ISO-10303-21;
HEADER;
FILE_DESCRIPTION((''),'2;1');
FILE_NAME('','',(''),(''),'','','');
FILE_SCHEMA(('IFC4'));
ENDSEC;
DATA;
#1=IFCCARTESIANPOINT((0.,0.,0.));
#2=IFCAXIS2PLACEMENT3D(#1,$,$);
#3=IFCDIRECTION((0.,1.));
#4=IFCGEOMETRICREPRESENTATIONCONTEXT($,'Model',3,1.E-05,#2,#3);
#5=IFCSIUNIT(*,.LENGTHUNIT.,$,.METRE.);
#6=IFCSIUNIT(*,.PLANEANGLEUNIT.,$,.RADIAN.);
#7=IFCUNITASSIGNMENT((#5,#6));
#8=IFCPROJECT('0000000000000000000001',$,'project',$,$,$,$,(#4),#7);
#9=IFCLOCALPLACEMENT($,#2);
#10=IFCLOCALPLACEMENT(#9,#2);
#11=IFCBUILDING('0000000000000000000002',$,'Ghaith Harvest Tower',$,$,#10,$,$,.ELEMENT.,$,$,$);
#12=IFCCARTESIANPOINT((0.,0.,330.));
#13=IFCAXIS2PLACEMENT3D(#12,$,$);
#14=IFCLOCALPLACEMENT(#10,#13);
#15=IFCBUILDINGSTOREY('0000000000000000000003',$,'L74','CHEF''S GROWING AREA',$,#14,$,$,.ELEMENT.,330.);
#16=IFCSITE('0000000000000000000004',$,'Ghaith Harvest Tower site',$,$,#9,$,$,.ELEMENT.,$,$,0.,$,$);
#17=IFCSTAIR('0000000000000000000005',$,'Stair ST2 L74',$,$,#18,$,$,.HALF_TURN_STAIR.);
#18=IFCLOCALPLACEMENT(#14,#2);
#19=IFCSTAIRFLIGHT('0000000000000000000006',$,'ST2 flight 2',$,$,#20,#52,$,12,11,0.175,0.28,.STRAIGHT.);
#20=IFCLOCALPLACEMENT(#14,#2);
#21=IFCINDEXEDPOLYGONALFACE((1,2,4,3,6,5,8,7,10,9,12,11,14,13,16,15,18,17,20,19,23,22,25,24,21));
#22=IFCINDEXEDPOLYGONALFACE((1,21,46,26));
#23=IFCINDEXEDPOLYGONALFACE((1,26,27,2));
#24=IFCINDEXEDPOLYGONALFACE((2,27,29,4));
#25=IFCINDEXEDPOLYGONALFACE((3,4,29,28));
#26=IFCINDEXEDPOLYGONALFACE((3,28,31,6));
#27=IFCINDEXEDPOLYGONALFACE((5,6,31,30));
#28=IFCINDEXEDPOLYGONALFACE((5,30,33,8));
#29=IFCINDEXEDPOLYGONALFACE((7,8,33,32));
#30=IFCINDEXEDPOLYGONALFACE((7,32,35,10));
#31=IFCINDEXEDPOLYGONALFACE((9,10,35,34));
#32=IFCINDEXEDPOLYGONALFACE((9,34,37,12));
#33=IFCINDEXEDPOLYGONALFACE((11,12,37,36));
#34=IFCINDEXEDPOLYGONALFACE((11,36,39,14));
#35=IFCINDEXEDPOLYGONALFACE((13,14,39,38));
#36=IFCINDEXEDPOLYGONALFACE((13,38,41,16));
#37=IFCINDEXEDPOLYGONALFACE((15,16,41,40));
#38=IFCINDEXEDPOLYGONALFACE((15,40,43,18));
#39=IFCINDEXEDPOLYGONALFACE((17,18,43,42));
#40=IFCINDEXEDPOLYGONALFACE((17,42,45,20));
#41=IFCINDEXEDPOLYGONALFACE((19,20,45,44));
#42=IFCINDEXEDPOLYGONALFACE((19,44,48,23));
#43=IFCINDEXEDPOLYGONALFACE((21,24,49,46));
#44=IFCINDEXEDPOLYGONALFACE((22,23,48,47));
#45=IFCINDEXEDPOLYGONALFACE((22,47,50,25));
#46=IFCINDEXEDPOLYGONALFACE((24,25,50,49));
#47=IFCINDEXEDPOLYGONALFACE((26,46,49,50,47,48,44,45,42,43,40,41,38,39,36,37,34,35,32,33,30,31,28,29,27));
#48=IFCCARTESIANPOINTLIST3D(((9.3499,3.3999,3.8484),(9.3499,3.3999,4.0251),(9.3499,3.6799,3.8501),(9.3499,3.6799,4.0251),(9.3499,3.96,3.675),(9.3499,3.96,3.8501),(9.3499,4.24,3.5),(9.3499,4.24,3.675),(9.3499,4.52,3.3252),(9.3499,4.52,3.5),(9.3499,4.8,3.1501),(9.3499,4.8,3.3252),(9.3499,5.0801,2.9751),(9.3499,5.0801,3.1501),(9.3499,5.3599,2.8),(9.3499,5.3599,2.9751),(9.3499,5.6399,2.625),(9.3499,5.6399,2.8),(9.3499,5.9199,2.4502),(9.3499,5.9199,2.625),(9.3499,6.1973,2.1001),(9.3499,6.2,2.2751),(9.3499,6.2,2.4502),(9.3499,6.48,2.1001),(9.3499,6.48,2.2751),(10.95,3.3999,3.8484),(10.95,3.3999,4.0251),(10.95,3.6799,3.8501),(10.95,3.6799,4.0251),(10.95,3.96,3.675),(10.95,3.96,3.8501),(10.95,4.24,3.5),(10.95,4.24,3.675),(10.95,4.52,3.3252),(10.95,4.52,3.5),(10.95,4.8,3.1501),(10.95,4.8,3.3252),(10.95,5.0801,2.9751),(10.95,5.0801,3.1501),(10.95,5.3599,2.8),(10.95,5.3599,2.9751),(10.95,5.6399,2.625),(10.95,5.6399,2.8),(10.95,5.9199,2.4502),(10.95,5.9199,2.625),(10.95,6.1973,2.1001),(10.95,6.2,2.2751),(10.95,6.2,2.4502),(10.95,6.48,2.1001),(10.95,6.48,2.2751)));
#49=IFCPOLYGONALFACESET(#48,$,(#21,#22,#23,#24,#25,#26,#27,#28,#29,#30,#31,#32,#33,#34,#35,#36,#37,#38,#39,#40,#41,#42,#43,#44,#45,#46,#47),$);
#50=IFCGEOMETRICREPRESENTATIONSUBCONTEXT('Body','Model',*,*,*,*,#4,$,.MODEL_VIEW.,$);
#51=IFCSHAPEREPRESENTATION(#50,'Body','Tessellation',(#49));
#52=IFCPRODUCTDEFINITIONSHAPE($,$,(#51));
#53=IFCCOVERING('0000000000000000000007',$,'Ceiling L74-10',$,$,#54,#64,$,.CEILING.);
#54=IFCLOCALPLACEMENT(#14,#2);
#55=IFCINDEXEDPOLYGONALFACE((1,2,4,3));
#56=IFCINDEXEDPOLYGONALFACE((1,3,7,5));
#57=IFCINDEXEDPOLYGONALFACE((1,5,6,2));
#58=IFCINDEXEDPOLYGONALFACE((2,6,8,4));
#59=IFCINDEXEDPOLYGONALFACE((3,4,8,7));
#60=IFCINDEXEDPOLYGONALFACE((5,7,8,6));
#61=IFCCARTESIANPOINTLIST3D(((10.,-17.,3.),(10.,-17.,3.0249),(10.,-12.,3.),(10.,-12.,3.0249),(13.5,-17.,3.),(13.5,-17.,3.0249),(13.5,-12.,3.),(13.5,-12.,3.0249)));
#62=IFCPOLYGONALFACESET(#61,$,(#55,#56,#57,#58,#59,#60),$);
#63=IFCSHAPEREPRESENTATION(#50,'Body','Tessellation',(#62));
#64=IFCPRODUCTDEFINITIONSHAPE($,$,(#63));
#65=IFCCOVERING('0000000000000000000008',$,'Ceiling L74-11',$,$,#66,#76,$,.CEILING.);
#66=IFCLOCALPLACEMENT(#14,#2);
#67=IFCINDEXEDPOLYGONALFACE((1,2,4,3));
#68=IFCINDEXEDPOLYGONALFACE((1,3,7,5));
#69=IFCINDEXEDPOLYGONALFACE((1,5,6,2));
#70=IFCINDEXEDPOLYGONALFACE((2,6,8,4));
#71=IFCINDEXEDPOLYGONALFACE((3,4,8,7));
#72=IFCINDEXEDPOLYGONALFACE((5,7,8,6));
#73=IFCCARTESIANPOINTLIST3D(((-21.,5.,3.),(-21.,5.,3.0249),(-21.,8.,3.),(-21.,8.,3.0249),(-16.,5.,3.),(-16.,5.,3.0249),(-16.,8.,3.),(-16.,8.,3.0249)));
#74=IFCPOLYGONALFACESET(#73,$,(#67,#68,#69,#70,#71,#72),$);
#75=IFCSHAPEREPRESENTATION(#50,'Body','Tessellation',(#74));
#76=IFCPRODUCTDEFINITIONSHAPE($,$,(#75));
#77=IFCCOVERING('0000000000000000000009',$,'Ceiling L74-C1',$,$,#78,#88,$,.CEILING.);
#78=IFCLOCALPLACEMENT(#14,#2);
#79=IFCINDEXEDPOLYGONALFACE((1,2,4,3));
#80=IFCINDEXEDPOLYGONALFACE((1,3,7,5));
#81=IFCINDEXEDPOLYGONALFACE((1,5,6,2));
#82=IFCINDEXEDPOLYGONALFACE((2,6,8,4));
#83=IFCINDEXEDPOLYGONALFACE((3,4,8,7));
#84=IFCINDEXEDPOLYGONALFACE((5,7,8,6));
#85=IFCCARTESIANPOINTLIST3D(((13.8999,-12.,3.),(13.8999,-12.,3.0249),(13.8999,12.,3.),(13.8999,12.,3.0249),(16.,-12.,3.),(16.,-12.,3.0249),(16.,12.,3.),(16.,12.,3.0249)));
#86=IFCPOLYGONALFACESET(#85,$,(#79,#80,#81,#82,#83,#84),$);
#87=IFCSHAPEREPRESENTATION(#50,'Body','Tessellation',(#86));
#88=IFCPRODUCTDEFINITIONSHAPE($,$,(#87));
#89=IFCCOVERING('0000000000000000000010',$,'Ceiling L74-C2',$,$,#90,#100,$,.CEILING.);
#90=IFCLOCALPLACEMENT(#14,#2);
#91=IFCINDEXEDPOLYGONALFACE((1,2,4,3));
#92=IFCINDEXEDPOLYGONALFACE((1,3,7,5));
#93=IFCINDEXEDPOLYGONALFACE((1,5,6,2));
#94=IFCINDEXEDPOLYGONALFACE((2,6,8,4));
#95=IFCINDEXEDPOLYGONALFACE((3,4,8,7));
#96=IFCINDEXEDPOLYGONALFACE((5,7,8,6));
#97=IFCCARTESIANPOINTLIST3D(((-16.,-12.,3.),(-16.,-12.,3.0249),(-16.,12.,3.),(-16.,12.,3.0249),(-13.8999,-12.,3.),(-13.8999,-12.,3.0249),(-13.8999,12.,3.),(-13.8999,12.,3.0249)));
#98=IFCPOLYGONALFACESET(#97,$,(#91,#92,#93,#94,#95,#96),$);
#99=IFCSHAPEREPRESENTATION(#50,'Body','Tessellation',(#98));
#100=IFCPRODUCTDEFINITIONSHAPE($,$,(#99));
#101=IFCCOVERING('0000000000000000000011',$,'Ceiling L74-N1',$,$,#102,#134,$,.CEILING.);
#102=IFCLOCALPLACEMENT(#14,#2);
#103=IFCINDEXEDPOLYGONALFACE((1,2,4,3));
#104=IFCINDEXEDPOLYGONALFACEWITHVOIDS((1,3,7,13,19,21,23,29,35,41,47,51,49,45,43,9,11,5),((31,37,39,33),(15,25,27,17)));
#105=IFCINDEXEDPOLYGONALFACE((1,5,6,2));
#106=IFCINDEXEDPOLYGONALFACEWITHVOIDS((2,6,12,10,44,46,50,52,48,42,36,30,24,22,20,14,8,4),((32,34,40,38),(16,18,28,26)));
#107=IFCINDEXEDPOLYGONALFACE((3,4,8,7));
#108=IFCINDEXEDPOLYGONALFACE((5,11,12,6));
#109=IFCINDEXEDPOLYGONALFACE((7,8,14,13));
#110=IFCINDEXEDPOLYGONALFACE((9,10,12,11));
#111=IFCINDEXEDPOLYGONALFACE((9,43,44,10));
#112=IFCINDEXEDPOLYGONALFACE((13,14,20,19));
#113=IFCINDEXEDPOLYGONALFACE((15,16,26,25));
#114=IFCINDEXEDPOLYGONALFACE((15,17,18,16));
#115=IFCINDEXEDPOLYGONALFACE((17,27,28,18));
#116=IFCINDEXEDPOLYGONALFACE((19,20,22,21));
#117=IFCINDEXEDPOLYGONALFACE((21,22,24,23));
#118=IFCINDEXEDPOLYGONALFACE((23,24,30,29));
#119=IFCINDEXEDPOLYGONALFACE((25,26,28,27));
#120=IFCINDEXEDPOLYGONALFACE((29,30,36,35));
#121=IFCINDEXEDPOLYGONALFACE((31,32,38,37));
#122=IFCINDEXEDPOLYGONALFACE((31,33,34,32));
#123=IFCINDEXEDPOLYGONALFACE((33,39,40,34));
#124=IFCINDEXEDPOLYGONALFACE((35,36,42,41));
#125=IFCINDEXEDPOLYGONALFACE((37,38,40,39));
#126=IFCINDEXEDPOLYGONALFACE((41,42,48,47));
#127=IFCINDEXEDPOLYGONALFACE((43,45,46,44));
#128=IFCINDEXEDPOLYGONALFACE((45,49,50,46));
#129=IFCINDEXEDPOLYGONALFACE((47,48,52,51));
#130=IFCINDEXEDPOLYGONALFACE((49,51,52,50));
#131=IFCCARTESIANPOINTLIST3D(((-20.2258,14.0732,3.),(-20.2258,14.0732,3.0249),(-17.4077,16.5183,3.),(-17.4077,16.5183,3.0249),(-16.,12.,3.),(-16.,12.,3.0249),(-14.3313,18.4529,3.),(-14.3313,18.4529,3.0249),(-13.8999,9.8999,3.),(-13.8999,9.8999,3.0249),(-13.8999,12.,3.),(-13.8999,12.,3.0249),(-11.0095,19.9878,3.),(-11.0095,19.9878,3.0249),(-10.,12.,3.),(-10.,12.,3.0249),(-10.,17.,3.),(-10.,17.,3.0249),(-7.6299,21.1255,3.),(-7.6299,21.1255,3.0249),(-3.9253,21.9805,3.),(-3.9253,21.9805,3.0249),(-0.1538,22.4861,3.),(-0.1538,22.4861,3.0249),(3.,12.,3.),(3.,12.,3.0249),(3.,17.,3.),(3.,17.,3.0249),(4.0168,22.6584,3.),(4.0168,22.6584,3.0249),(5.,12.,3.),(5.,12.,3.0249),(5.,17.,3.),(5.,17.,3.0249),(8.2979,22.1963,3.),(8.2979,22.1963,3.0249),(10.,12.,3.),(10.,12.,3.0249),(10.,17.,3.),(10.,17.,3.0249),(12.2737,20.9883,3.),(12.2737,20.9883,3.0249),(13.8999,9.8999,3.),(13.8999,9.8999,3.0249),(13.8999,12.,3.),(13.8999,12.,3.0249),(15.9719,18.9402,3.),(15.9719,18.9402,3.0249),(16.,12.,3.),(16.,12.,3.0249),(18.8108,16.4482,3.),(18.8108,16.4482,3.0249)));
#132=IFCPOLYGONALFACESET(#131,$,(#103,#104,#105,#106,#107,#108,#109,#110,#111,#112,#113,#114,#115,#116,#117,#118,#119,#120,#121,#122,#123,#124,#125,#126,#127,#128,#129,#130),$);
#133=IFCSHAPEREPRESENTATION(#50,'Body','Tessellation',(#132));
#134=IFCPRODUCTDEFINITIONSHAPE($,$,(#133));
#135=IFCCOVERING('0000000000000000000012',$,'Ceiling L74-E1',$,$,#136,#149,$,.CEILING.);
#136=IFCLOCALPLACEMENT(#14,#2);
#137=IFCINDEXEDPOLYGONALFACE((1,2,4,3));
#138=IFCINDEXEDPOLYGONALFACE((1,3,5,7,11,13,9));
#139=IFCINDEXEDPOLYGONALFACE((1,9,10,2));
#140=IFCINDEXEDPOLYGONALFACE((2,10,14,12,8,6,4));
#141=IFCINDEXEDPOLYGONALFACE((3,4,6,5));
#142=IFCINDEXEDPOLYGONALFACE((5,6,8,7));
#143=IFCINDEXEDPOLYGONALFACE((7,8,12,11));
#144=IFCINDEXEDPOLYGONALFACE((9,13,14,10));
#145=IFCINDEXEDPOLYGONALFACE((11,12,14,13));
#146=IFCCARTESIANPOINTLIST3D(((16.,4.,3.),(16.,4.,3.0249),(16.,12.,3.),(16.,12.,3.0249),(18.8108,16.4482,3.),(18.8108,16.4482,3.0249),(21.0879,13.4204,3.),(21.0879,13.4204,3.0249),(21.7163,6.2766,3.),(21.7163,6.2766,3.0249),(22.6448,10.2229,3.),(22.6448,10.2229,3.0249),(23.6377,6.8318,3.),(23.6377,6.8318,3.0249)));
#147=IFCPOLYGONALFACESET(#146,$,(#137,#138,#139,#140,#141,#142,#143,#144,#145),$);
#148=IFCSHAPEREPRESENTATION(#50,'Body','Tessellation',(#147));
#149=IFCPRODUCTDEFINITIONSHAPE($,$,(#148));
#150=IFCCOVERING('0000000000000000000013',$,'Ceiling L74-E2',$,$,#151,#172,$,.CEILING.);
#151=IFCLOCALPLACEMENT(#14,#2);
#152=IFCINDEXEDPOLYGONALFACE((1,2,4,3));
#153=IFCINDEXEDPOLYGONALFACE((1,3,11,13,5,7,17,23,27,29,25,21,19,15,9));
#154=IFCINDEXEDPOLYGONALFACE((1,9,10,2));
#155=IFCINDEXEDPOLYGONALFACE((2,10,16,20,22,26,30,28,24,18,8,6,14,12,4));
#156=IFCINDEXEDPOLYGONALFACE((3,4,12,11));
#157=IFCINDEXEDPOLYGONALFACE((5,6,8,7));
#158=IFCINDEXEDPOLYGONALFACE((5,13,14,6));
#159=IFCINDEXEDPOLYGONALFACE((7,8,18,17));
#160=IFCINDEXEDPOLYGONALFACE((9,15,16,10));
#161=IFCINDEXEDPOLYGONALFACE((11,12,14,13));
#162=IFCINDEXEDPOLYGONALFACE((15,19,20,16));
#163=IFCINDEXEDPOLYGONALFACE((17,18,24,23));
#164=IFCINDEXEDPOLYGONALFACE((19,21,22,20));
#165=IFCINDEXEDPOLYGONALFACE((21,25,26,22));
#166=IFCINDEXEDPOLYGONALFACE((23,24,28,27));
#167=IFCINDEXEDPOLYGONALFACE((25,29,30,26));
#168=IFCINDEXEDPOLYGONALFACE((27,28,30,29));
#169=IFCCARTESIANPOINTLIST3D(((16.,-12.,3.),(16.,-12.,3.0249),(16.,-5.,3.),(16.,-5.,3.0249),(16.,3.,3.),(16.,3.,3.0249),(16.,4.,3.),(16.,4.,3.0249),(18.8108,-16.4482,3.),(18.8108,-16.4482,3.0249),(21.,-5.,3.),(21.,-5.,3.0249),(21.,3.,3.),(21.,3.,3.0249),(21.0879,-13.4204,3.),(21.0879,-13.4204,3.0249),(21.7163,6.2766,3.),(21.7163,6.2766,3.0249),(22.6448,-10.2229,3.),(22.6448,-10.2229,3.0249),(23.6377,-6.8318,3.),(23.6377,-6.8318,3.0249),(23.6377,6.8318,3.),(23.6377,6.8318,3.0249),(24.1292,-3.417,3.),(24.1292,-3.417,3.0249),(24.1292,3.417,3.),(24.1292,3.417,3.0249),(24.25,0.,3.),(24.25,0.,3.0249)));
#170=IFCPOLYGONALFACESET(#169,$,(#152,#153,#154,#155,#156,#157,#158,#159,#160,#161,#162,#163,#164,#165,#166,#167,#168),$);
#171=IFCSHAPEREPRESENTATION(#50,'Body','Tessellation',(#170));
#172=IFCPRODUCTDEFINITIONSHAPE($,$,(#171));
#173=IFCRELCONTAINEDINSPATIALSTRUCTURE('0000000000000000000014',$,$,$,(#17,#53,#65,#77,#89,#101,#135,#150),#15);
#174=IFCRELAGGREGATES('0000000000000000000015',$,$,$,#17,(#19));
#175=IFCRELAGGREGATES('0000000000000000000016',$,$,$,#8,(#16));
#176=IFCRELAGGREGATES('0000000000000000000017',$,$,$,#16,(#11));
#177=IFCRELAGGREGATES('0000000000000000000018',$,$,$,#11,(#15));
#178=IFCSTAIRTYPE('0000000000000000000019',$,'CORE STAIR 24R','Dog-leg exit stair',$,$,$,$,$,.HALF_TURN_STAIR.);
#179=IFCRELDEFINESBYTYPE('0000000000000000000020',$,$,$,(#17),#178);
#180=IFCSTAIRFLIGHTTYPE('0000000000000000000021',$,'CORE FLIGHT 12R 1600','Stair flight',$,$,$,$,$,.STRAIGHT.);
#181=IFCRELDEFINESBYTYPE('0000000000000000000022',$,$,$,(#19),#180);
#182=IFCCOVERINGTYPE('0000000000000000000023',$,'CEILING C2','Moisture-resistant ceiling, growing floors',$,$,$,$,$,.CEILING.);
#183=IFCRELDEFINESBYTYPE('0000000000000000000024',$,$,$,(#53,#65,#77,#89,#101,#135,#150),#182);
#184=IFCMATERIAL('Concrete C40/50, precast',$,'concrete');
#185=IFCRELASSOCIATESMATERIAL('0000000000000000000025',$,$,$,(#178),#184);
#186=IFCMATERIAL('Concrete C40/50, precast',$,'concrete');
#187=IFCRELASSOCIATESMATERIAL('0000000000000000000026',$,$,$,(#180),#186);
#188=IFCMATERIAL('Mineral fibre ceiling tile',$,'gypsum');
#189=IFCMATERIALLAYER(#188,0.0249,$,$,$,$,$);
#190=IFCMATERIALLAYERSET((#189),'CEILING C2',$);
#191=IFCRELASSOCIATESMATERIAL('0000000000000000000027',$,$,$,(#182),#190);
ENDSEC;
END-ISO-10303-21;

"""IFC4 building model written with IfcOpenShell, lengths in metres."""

from ifc_helpers import new_model, si_unit, direction, frame, origin, place, context, subcontext, project, spatial, polyline, outline, extrude, material, layer, layer_set, type_object, element, aggregate, save


model = new_model("IFC4")

# Units and contexts
model_context = context("Model", 3, precision=1e-05, world=origin(), true_north=direction((0.0, 1.0)))
body_context = subcontext(model_context, "Body", "Model", "MODEL_VIEW")
ifc_project = project(units=[si_unit("LENGTHUNIT", "METRE"), si_unit("PLANEANGLEUNIT", "RADIAN")], contexts=[model_context])

# Site, building, storey
site_placement = place(None, origin())
site = spatial("IfcSite", under=ifc_project, at=site_placement, Name="Ghaith Harvest Tower site", CompositionType="ELEMENT", RefElevation=0.0)
building_placement = place(site_placement, origin())
building = spatial("IfcBuilding", under=site, at=building_placement, Name="Ghaith Harvest Tower", CompositionType="ELEMENT")
storey_placement = place(building_placement, frame((0.0, 0.0, 330.0)))
storey = spatial("IfcBuildingStorey", under=building, at=storey_placement, Name="L74", Description="CHEF'S GROWING AREA", CompositionType="ELEMENT", Elevation=330.0)

# Stair, stair flight
ifc_material_1 = material(Name="Concrete C40/50, precast", Category="concrete")
stair_type = type_object("IfcStairType", Name="CORE STAIR 24R", Description="Dog-leg exit stair", PredefinedType="HALF_TURN_STAIR", material=ifc_material_1)
stair_placement = place(storey_placement, origin())
stair = element("IfcStair", 1, at=stair_placement, inside=storey, type_object=stair_type, Name="Stair ST2 L74", PredefinedType="HALF_TURN_STAIR")
ifc_material_2 = material(Name="Concrete C40/50, precast", Category="concrete")
stair_flight_type = type_object("IfcStairFlightType", Name="CORE FLIGHT 12R 1600", Description="Stair flight", PredefinedType="STRAIGHT", material=ifc_material_2)
stair_flight_1_placement = place(storey_placement, frame((10.1499, 6.48, 2.1001), z_axis=(0.0, 0.0, 1.0), x_axis=(0.0, -1.0, 0.0)))
stair_flight_1 = element("IfcStairFlight", 2, at=stair_flight_1_placement, type_object=stair_flight_type, Name="ST2 flight 2", NumberOfRisers=12, NumberOfTreads=11, PredefinedType="STRAIGHT", RiserHeight=0.175, TreadLength=0.28, context=body_context, shape_type="SweptSolid", body=[
    extrude(outline(polyline([(0.0, 0.0), (0.0, 0.175), (0.28, 0.175), (0.28, 0.3501), (0.5601, 0.3501), (0.5601, 0.5249), (0.8401, 0.5249), (0.8401, 0.7), (1.1201, 0.7), (1.1201, 0.875), (1.3999, 0.875), (1.3999, 1.05), (1.6799, 1.05), (1.6799, 1.2251), (1.96, 1.2251), (1.96, 1.3999), (2.24, 1.3999), (2.24, 1.575), (2.52, 1.575), (2.52, 1.75), (2.8, 1.75), (2.8, 1.925), (3.0801, 1.925), (3.0801, 2.1001), (3.0801, 1.7483), (0.2827, 0.0), (0.0, 0.0)])), frame((0.0, 0.8, 0.0), z_axis=(0.0, -1.0, 0.0), x_axis=(1.0, 0.0, 0.0)), (0.0, 0.0, 1.0), 1.6001),
])
aggregate(stair, [stair_flight_1])

# Coverings
ifc_material_3 = material(Name="Mineral fibre ceiling tile", Category="gypsum")
ifc_layer_1 = layer(ifc_material_3, 0.0249)
ifc_layer_set_1 = layer_set([ifc_layer_1], Name="CEILING C2")
covering_type = type_object("IfcCoveringType", Name="CEILING C2", Description="Moisture-resistant ceiling, growing floors", PredefinedType="CEILING", material=ifc_layer_set_1)
covering_1_placement = place(storey_placement, frame((0.0, 0.0, 3.0)))
element("IfcCovering", 3, at=covering_1_placement, inside=storey, type_object=covering_type, Name="Ceiling L74-10", PredefinedType="CEILING", context=body_context, shape_type="SweptSolid", body=[
    extrude(outline(polyline([(10.0, -17.0), (13.5, -17.0), (13.5, -12.0), (10.0, -12.0), (10.0, -17.0)])), origin(), (0.0, 0.0, 1.0), 0.0249),
])
covering_2_placement = place(storey_placement, frame((0.0, 0.0, 3.0)))
element("IfcCovering", 4, at=covering_2_placement, inside=storey, type_object=covering_type, Name="Ceiling L74-11", PredefinedType="CEILING", context=body_context, shape_type="SweptSolid", body=[
    extrude(outline(polyline([(-21.0, 5.0), (-16.0, 5.0), (-16.0, 8.0), (-21.0, 8.0), (-21.0, 5.0)])), origin(), (0.0, 0.0, 1.0), 0.0249),
])
covering_3_placement = place(storey_placement, frame((0.0, 0.0, 3.0)))
element("IfcCovering", 5, at=covering_3_placement, inside=storey, type_object=covering_type, Name="Ceiling L74-C1", PredefinedType="CEILING", context=body_context, shape_type="SweptSolid", body=[
    extrude(outline(polyline([(13.8999, -12.0), (13.8999, 12.0), (16.0, 12.0), (16.0, -12.0), (13.8999, -12.0)])), origin(), (0.0, 0.0, 1.0), 0.0249),
])
covering_4_placement = place(storey_placement, frame((0.0, 0.0, 3.0)))
element("IfcCovering", 6, at=covering_4_placement, inside=storey, type_object=covering_type, Name="Ceiling L74-C2", PredefinedType="CEILING", context=body_context, shape_type="SweptSolid", body=[
    extrude(outline(polyline([(-13.8999, 12.0), (-13.8999, -12.0), (-16.0, -12.0), (-16.0, 12.0), (-13.8999, 12.0)])), origin(), (0.0, 0.0, 1.0), 0.0249),
])
covering_5_placement = place(storey_placement, frame((0.0, 0.0, 3.0)))
element("IfcCovering", 7, at=covering_5_placement, inside=storey, type_object=covering_type, Name="Ceiling L74-N1", PredefinedType="CEILING", context=body_context, shape_type="SweptSolid", body=[
    extrude(outline(polyline([(-17.4077, 16.5183), (-14.3313, 18.4529), (-11.0095, 19.9878), (-7.6299, 21.1255), (-3.9253, 21.9805), (-0.1538, 22.4861), (4.0168, 22.6584), (8.2979, 22.1963), (12.2737, 20.9883), (15.9719, 18.9402), (18.8108, 16.4482), (16.0, 12.0), (13.8999, 12.0), (13.8999, 9.8999), (-13.8999, 9.8999), (-13.8999, 12.0), (-16.0, 12.0), (-20.2258, 14.0732), (-17.4077, 16.5183)]), holes=[polyline([(3.0, 17.0), (-10.0, 17.0), (-10.0, 12.0), (3.0, 12.0), (3.0, 17.0)]), polyline([(5.0, 17.0), (5.0, 12.0), (10.0, 12.0), (10.0, 17.0), (5.0, 17.0)])]), origin(), (0.0, 0.0, 1.0), 0.0249),
])
covering_6_placement = place(storey_placement, frame((0.0, 0.0, 3.0)))
element("IfcCovering", 8, at=covering_6_placement, inside=storey, type_object=covering_type, Name="Ceiling L74-E1", PredefinedType="CEILING", context=body_context, shape_type="SweptSolid", body=[
    extrude(outline(polyline([(21.0879, 13.4204), (22.6448, 10.2229), (23.6377, 6.8318), (21.7163, 6.2766), (16.0, 4.0), (16.0, 12.0), (18.8108, 16.4482), (21.0879, 13.4204)])), origin(), (0.0, 0.0, 1.0), 0.0249),
])
covering_7_placement = place(storey_placement, frame((0.0, 0.0, 3.0)))
element("IfcCovering", 9, at=covering_7_placement, inside=storey, type_object=covering_type, Name="Ceiling L74-E2", PredefinedType="CEILING", context=body_context, shape_type="SweptSolid", body=[
    extrude(outline(polyline([(23.6377, 6.8318), (23.6377, 6.8318), (24.1292, 3.417), (24.25, 0.0), (24.1292, -3.417), (23.6377, -6.8318), (22.6448, -10.2229), (21.0879, -13.4204), (18.8108, -16.4482), (16.0, -12.0), (16.0, -5.0), (21.0, -5.0), (21.0, 3.0), (16.0, 3.0), (16.0, 4.0), (21.7163, 6.2766), (23.6377, 6.8318)])), origin(), (0.0, 0.0, 1.0), 0.0249),
])

save(model, "model.ifc")
